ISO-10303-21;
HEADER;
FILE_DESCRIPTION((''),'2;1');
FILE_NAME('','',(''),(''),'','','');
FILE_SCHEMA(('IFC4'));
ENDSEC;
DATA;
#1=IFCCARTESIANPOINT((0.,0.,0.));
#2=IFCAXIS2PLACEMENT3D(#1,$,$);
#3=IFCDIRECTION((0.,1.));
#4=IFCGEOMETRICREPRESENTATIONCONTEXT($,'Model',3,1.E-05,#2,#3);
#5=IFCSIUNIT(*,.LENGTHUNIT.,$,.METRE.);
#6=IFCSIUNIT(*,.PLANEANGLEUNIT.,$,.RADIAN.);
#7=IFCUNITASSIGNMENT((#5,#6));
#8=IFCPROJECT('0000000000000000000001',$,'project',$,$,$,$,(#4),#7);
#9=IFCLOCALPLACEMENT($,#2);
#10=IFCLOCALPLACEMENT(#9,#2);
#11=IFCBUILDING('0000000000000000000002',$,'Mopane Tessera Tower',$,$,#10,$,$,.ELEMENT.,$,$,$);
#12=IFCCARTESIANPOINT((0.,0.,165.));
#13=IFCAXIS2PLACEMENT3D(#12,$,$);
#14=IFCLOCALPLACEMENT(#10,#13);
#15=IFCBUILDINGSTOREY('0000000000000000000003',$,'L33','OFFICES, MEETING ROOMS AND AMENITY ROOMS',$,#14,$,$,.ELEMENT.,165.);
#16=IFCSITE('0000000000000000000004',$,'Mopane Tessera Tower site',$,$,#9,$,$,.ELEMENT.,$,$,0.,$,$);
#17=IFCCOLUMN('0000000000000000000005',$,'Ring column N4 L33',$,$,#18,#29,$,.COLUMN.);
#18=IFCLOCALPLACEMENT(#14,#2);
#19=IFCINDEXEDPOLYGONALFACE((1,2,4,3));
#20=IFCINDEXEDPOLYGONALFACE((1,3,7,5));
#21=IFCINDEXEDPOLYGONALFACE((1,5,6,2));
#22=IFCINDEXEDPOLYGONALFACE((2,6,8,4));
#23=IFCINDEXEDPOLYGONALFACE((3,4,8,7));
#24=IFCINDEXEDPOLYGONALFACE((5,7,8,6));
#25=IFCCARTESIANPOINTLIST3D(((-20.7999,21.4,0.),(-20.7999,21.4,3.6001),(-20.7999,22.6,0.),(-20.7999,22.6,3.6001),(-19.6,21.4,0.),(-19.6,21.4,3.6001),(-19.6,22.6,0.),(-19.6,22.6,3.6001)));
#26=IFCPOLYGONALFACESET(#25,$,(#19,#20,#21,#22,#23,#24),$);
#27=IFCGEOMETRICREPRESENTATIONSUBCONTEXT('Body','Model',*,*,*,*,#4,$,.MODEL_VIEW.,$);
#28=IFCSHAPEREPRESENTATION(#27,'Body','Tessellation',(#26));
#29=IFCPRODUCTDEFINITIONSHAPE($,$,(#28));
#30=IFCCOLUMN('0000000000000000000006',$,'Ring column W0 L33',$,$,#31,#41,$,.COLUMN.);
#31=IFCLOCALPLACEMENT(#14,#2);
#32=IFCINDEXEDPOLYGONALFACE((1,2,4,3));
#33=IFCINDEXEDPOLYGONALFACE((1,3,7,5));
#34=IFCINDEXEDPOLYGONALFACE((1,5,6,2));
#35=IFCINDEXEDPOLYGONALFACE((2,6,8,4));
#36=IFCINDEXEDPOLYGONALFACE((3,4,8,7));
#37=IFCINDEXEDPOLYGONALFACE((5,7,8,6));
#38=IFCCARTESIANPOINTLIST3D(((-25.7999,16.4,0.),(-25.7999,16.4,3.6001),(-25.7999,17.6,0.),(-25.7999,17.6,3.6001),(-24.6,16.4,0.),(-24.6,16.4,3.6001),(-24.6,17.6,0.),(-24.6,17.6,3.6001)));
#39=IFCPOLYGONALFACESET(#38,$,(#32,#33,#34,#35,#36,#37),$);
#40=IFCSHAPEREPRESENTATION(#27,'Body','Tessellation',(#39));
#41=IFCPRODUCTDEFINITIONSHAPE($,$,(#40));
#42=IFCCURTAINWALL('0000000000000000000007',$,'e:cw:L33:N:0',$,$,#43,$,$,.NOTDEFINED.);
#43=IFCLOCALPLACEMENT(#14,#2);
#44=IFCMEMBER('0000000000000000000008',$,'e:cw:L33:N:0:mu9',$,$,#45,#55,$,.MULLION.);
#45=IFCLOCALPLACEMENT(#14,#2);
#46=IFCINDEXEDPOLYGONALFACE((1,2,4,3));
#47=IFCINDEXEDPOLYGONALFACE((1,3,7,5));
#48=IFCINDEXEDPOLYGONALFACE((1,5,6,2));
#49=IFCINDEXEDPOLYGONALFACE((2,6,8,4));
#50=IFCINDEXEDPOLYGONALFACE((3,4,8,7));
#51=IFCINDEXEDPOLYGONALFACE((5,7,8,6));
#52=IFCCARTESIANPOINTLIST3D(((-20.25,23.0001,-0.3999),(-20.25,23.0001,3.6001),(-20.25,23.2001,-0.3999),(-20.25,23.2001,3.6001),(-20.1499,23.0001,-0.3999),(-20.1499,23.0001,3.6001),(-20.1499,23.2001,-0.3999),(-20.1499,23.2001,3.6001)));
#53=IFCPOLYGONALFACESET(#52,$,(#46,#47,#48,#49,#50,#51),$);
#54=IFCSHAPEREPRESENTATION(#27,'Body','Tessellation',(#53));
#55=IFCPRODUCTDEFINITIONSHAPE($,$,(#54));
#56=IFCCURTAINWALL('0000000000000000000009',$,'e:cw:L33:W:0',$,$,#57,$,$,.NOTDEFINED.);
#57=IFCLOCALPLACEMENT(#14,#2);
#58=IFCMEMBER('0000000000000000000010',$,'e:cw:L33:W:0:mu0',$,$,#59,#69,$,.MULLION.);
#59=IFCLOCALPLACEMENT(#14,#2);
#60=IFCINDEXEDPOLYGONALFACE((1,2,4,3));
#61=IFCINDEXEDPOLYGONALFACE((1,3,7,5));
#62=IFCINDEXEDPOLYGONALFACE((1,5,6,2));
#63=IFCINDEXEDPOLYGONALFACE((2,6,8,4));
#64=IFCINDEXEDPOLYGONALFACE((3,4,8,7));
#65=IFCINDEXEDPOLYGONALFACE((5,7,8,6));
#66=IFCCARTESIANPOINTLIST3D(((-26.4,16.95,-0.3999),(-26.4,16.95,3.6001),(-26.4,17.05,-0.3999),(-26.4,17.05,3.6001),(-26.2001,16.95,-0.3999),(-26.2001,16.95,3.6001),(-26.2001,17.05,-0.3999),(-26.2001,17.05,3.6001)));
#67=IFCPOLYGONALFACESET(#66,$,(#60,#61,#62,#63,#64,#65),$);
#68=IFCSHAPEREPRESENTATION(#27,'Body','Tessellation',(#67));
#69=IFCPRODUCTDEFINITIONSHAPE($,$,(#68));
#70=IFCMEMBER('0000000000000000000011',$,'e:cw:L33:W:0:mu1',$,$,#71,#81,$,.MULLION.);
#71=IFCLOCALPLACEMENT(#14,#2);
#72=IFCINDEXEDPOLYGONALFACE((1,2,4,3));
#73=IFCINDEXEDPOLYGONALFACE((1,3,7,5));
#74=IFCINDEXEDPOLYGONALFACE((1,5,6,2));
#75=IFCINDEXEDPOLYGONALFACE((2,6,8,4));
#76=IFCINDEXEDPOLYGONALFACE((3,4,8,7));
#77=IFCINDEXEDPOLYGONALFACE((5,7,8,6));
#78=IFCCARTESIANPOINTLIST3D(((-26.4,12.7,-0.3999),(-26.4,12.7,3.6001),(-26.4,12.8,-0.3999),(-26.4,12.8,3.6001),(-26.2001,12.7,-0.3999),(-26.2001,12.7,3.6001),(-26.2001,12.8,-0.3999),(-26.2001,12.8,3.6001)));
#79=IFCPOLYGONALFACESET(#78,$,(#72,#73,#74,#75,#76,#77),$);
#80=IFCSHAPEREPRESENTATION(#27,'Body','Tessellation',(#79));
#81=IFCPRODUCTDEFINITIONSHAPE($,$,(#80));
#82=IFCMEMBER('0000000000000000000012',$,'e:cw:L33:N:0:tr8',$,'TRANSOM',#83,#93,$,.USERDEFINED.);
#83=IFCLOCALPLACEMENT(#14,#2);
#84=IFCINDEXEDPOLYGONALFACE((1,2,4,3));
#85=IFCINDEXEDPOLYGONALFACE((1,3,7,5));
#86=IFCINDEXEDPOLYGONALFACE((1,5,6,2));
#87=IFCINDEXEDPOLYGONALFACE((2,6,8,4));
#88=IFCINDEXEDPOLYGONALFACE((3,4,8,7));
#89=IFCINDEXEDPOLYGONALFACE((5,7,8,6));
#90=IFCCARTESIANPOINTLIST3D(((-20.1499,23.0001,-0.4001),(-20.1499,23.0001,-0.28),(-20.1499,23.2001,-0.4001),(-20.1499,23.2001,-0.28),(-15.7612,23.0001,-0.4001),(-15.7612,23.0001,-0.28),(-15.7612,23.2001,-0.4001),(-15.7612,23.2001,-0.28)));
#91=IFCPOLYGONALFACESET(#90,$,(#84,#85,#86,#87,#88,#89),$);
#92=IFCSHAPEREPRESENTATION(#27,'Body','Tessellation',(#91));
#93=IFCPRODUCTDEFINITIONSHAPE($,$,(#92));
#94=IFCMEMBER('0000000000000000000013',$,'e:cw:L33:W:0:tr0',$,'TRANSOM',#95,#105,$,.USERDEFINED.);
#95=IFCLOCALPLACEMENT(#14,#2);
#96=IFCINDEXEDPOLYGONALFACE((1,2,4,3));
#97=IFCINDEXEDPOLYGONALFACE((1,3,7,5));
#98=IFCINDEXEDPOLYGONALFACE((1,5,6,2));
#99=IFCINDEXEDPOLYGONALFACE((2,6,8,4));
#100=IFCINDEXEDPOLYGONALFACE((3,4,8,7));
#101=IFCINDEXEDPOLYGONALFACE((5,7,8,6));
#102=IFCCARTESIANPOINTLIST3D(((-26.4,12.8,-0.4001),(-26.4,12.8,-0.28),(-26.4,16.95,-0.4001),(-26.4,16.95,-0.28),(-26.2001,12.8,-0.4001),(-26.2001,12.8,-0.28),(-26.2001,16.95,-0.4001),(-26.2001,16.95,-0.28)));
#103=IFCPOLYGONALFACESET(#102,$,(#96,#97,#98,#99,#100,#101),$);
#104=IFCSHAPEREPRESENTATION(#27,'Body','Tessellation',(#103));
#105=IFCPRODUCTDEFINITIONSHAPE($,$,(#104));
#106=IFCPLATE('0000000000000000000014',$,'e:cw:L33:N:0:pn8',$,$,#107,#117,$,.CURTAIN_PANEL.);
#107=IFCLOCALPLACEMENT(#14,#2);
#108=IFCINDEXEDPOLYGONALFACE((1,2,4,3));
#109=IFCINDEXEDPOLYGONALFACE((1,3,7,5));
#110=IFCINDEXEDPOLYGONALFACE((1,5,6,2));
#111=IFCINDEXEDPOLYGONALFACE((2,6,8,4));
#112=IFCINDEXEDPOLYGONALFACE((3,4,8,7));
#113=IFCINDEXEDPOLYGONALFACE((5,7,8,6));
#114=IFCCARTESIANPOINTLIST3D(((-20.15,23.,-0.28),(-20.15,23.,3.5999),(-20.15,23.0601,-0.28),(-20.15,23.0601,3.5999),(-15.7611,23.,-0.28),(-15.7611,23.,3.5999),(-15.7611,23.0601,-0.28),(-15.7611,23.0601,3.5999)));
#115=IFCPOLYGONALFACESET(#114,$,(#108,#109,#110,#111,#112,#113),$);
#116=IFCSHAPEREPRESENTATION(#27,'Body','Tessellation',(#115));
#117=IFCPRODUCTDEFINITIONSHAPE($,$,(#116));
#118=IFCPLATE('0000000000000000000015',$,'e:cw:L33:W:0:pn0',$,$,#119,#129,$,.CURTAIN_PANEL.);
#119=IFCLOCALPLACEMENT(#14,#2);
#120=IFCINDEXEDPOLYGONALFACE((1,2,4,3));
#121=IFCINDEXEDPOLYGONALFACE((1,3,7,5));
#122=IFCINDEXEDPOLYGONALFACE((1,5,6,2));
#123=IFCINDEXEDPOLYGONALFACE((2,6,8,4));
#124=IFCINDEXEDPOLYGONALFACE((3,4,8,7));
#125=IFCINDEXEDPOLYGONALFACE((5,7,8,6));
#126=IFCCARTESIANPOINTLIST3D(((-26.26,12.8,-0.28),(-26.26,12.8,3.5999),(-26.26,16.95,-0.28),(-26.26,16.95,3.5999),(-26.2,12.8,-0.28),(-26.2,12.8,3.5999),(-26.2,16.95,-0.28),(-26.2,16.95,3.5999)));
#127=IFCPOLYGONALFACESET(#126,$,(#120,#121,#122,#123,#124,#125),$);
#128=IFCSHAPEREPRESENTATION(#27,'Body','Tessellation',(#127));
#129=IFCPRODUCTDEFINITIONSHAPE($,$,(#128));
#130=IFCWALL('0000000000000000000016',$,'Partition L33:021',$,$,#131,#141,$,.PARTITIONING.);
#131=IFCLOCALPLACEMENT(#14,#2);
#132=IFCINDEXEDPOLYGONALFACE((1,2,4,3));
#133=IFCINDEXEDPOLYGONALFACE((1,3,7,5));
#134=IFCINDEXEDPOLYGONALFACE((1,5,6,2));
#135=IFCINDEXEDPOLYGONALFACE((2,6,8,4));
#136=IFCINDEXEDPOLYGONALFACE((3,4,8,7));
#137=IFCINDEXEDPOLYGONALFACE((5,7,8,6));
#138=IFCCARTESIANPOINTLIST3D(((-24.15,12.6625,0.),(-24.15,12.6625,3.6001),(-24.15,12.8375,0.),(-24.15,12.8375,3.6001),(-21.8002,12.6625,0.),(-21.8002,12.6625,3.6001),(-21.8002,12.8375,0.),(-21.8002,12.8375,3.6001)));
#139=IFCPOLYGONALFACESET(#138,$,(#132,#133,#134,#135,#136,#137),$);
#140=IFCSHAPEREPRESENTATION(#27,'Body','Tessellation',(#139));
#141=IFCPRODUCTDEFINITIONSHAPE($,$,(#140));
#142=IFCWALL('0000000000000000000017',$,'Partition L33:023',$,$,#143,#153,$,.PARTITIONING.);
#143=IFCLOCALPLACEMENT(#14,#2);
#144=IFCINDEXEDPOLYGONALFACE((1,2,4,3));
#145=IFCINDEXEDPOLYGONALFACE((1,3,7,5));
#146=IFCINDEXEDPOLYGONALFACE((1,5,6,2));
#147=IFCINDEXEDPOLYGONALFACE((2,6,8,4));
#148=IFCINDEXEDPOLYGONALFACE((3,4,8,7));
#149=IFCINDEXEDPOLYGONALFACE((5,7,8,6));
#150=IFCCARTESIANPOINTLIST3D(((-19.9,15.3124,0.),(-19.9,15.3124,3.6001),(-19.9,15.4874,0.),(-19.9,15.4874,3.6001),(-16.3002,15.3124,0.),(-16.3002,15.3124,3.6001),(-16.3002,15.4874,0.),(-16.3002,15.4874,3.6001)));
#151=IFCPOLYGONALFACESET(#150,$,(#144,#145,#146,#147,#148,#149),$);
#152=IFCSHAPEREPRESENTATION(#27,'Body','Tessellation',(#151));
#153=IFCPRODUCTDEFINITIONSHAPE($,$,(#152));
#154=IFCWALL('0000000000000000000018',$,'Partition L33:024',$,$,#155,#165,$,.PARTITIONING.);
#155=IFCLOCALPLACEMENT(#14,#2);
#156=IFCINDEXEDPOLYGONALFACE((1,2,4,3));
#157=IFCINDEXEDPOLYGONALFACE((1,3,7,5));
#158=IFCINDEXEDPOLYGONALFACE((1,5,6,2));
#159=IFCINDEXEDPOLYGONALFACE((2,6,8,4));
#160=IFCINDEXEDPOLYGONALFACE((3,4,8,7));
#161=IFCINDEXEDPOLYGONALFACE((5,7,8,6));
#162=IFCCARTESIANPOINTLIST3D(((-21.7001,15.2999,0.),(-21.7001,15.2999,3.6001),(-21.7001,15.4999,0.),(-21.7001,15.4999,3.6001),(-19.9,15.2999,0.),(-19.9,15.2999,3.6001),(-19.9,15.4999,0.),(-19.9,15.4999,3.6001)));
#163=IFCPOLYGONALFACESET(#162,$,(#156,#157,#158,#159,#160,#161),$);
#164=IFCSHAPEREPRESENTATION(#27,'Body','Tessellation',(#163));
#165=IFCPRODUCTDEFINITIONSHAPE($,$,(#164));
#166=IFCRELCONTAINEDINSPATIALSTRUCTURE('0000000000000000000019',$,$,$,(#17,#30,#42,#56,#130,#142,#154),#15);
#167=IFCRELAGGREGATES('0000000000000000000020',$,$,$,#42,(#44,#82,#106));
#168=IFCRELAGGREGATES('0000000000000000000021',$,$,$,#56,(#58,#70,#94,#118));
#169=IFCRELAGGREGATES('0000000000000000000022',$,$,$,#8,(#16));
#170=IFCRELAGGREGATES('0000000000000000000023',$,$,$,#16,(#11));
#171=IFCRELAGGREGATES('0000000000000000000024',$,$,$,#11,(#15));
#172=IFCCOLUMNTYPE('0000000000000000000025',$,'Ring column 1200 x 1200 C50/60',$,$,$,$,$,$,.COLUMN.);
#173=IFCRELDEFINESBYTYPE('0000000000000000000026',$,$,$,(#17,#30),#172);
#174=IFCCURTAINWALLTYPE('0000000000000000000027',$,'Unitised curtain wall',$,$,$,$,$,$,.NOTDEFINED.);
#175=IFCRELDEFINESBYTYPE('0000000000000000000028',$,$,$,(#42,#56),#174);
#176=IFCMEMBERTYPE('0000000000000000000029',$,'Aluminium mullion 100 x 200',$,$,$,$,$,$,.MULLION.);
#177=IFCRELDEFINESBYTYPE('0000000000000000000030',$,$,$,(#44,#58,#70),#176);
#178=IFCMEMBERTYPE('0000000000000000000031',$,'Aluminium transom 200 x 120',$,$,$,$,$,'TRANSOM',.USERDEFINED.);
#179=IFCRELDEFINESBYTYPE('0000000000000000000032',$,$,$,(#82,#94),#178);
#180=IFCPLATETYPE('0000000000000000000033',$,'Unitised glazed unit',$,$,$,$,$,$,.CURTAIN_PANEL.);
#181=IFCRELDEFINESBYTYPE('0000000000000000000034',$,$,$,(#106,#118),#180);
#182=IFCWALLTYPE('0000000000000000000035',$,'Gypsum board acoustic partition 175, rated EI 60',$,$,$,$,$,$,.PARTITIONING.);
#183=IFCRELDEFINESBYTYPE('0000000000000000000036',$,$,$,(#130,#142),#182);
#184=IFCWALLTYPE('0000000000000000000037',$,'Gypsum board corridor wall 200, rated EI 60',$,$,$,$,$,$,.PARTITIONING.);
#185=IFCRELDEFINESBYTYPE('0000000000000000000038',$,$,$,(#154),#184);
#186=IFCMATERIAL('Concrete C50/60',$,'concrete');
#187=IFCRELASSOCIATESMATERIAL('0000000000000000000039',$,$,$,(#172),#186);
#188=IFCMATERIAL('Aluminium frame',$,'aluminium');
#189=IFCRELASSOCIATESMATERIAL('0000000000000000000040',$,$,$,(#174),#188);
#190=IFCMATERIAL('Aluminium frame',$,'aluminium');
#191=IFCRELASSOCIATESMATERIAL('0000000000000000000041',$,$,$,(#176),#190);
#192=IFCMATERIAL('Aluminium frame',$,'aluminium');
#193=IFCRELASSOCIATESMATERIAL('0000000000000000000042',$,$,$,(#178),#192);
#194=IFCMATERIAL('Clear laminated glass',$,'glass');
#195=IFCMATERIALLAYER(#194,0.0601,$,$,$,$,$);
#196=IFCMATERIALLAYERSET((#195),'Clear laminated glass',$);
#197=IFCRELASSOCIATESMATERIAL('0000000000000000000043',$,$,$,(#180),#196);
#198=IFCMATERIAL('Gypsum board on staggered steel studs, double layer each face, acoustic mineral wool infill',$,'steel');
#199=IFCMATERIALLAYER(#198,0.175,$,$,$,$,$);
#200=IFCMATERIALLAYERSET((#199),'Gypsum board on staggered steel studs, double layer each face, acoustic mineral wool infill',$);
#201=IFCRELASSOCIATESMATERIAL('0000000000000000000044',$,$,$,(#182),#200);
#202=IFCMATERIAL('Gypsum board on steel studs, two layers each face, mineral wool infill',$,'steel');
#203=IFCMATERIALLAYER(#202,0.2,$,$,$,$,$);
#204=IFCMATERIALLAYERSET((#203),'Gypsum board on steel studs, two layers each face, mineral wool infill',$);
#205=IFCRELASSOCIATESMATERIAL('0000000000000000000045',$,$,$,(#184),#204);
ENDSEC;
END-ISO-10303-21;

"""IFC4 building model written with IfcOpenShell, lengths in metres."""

from ifc_helpers import new_model, si_unit, direction, frame, frame_2d, origin, origin_2d, place, context, subcontext, project, spatial, rectangle, extrude, material, layer, layer_set, material_profile, profile_set, type_object, element, aggregate, save


model = new_model("IFC4")

# Units and contexts
model_context = context("Model", 3, precision=1e-05, world=origin(), true_north=direction((0.0, 1.0)))
body_context = subcontext(model_context, "Body", "Model", "MODEL_VIEW")
ifc_project = project(units=[si_unit("LENGTHUNIT", "METRE"), si_unit("PLANEANGLEUNIT", "RADIAN")], contexts=[model_context])

# Site, building, storey
site_placement = place(None, origin())
site = spatial("IfcSite", under=ifc_project, at=site_placement, Name="Mopane Tessera Tower site", CompositionType="ELEMENT", RefElevation=0.0)
building_placement = place(site_placement, origin())
building = spatial("IfcBuilding", under=site, at=building_placement, Name="Mopane Tessera Tower", CompositionType="ELEMENT")
storey_placement = place(building_placement, frame((0.0, 0.0, 165.0)))
storey = spatial("IfcBuildingStorey", under=building, at=storey_placement, Name="L33", Description="OFFICES, MEETING ROOMS AND AMENITY ROOMS", CompositionType="ELEMENT", Elevation=165.0)

# Columns
ifc_material_1 = material(Name="Concrete C50/60", Category="concrete")
ifc_material_profile_1 = material_profile(ifc_material_1, rectangle(XDim=1.2, YDim=1.2, at=origin_2d()))
ifc_profile_set_1 = profile_set([ifc_material_profile_1], Name="Concrete C50/60")
column_type = type_object("IfcColumnType", Name="Ring column 1200 x 1200 C50/60", PredefinedType="COLUMN", material=ifc_profile_set_1)
for number, where, z_axis, x_axis, name in (
    (1, (-20.2, 22.0, 0.0), (0.0, 0.0, 1.0), (1.0, 0.0, 0.0), "Ring column N4 L33"),
    (2, (-25.2, 17.0, 0.0), (0.0, 0.0, 1.0), (1.0, 0.0, 0.0), "Ring column W0 L33"),
):
    element("IfcColumn", number, at=place(storey_placement, frame(where, z_axis=z_axis, x_axis=x_axis)), inside=storey, type_object=column_type, Name=name, PredefinedType="COLUMN", context=body_context, shape_type="SweptSolid", body=[
        extrude(rectangle(XDim=1.2, YDim=1.2, at=origin_2d()), origin(), (0.0, 0.0, 1.0), 3.6001),
    ])

# Curtain wall, member
ifc_material_2 = material(Name="Aluminium frame", Category="aluminium")
curtain_wall_type = type_object("IfcCurtainWallType", Name="Unitised curtain wall", PredefinedType="NOTDEFINED", material=ifc_material_2)
curtain_wall_1_placement = place(storey_placement, origin())
curtain_wall_1 = element("IfcCurtainWall", 3, at=curtain_wall_1_placement, inside=storey, type_object=curtain_wall_type, Name="e:cw:L33:N:0", PredefinedType="NOTDEFINED")
ifc_material_3 = material(Name="Aluminium frame", Category="aluminium")
ifc_material_profile_2 = material_profile(ifc_material_3, rectangle(XDim=0.1001, YDim=0.2, at=origin_2d()))
ifc_profile_set_2 = profile_set([ifc_material_profile_2], Name="Aluminium frame")
member_type_1 = type_object("IfcMemberType", Name="Aluminium mullion 100 x 200", PredefinedType="MULLION", material=ifc_profile_set_2)
member_1_placement = place(storey_placement, frame((-20.2, 23.1001, -0.3999), z_axis=(0.0, 0.0, 1.0), x_axis=(-1.0, 0.0, 0.0)))
member_1 = element("IfcMember", 4, at=member_1_placement, type_object=member_type_1, Name="e:cw:L33:N:0:mu9", PredefinedType="MULLION", context=body_context, shape_type="SweptSolid", body=[
    extrude(rectangle(XDim=0.1001, YDim=0.2, at=origin_2d()), origin(), (0.0, 0.0, 1.0), 4.0),
])

# Curtain wall, members
curtain_wall_2_placement = place(storey_placement, origin())
curtain_wall_2 = element("IfcCurtainWall", 5, at=curtain_wall_2_placement, inside=storey, type_object=curtain_wall_type, Name="e:cw:L33:W:0", PredefinedType="NOTDEFINED")
member_2_placement = place(storey_placement, frame((-26.3, 17.0, -0.3999), z_axis=(0.0, 0.0, 1.0), x_axis=(0.0, -1.0, 0.0)))
member_2 = element("IfcMember", 6, at=member_2_placement, type_object=member_type_1, Name="e:cw:L33:W:0:mu0", PredefinedType="MULLION", context=body_context, shape_type="SweptSolid", body=[
    extrude(rectangle(XDim=0.1001, YDim=0.2, at=origin_2d()), origin(), (0.0, 0.0, 1.0), 4.0),
])
member_3_placement = place(storey_placement, frame((-26.3, 12.75, -0.3999), z_axis=(0.0, 0.0, 1.0), x_axis=(0.0, -1.0, 0.0)))
member_3 = element("IfcMember", 7, at=member_3_placement, type_object=member_type_1, Name="e:cw:L33:W:0:mu1", PredefinedType="MULLION", context=body_context, shape_type="SweptSolid", body=[
    extrude(rectangle(XDim=0.1001, YDim=0.2, at=origin_2d()), origin(), (0.0, 0.0, 1.0), 4.0),
])

# Members
ifc_material_4 = material(Name="Aluminium frame", Category="aluminium")
ifc_material_profile_3 = material_profile(ifc_material_4, rectangle(XDim=0.2, YDim=0.1201, at=origin_2d()))
ifc_profile_set_3 = profile_set([ifc_material_profile_3], Name="Aluminium frame")
member_type_2 = type_object("IfcMemberType", Name="Aluminium transom 200 x 120", ElementType="TRANSOM", PredefinedType="USERDEFINED", material=ifc_profile_set_3)
member_4_placement = place(storey_placement, frame((-15.7612, 23.1001, -0.3401), z_axis=(-1.0, 0.0, 0.0), x_axis=(0.0, -1.0, 0.0)))
member_4 = element("IfcMember", 8, at=member_4_placement, type_object=member_type_2, Name="e:cw:L33:N:0:tr8", ObjectType="TRANSOM", PredefinedType="USERDEFINED", context=body_context, shape_type="SweptSolid", body=[
    extrude(rectangle(XDim=0.2, YDim=0.1201, at=origin_2d()), origin(), (0.0, 0.0, 1.0), 4.3887),
])
member_5_placement = place(storey_placement, frame((-26.3, 16.95, -0.3401), z_axis=(0.0, -1.0, 0.0), x_axis=(1.0, 0.0, 0.0)))
member_5 = element("IfcMember", 9, at=member_5_placement, type_object=member_type_2, Name="e:cw:L33:W:0:tr0", ObjectType="TRANSOM", PredefinedType="USERDEFINED", context=body_context, shape_type="SweptSolid", body=[
    extrude(rectangle(XDim=0.2, YDim=0.1201, at=origin_2d()), origin(), (0.0, 0.0, 1.0), 4.1499),
])

# Plates
ifc_material_5 = material(Name="Clear laminated glass", Category="glass")
ifc_layer_1 = layer(ifc_material_5, 0.0601)
ifc_layer_set_1 = layer_set([ifc_layer_1], Name="Clear laminated glass")
plate_type = type_object("IfcPlateType", Name="Unitised glazed unit", PredefinedType="CURTAIN_PANEL", material=ifc_layer_set_1)
plate_1_placement = place(storey_placement, frame((-17.9556, 23.03, -0.28), z_axis=(0.0, 0.0, 1.0), x_axis=(-1.0, 0.0, 0.0)))
plate_1 = element("IfcPlate", 10, at=plate_1_placement, type_object=plate_type, Name="e:cw:L33:N:0:pn8", PredefinedType="CURTAIN_PANEL", context=body_context, shape_type="SweptSolid", body=[
    extrude(rectangle(XDim=4.3889, YDim=0.0601, at=origin_2d()), origin(), (0.0, 0.0, 1.0), 3.8799),
])
aggregate(curtain_wall_1, [member_1, member_4, plate_1])
plate_2_placement = place(storey_placement, frame((-26.23, 14.875, -0.28), z_axis=(0.0, 0.0, 1.0), x_axis=(0.0, -1.0, 0.0)))
plate_2 = element("IfcPlate", 11, at=plate_2_placement, type_object=plate_type, Name="e:cw:L33:W:0:pn0", PredefinedType="CURTAIN_PANEL", context=body_context, shape_type="SweptSolid", body=[
    extrude(rectangle(XDim=4.1499, YDim=0.0601, at=origin_2d()), origin(), (0.0, 0.0, 1.0), 3.8799),
])
aggregate(curtain_wall_2, [member_2, member_3, member_5, plate_2])

# Walls
ifc_material_6 = material(Name="Gypsum board on staggered steel studs, double layer each face, acoustic mineral wool infill", Category="steel")
ifc_layer_2 = layer(ifc_material_6, 0.175)
ifc_layer_set_2 = layer_set([ifc_layer_2], Name="Gypsum board on staggered steel studs, double layer each face, acoustic mineral wool infill")
wall_type_1 = type_object("IfcWallType", Name="Gypsum board acoustic partition 175, rated EI 60", PredefinedType="PARTITIONING", material=ifc_layer_set_2)
wall_1_placement = place(storey_placement, frame((-24.1499, 12.75, 0.0), z_axis=(0.0, 0.0, 1.0), x_axis=(1.0, 0.0, 0.0)))
element("IfcWall", 12, at=wall_1_placement, inside=storey, type_object=wall_type_1, Name="Partition L33:021", PredefinedType="PARTITIONING", context=body_context, shape_type="SweptSolid", body=[
    extrude(rectangle(XDim=2.3499, YDim=0.175, at=frame_2d((1.1748, 0.0))), origin(), (0.0, 0.0, 1.0), 3.6001),
])
wall_2_placement = place(storey_placement, frame((-19.8999, 15.3999, 0.0), z_axis=(0.0, 0.0, 1.0), x_axis=(1.0, 0.0, 0.0)))
element("IfcWall", 13, at=wall_2_placement, inside=storey, type_object=wall_type_1, Name="Partition L33:023", PredefinedType="PARTITIONING", context=body_context, shape_type="SweptSolid", body=[
    extrude(rectangle(XDim=3.5999, YDim=0.175, at=frame_2d((1.7998, 0.0))), origin(), (0.0, 0.0, 1.0), 3.6001),
])
ifc_material_7 = material(Name="Gypsum board on steel studs, two layers each face, mineral wool infill", Category="steel")
ifc_layer_3 = layer(ifc_material_7, 0.2)
ifc_layer_set_3 = layer_set([ifc_layer_3], Name="Gypsum board on steel studs, two layers each face, mineral wool infill")
wall_type_2 = type_object("IfcWallType", Name="Gypsum board corridor wall 200, rated EI 60", PredefinedType="PARTITIONING", material=ifc_layer_set_3)
wall_3_placement = place(storey_placement, frame((-21.7, 15.3999, 0.0), z_axis=(0.0, 0.0, 1.0), x_axis=(1.0, 0.0, 0.0)))
element("IfcWall", 14, at=wall_3_placement, inside=storey, type_object=wall_type_2, Name="Partition L33:024", PredefinedType="PARTITIONING", context=body_context, shape_type="SweptSolid", body=[
    extrude(rectangle(XDim=1.8, YDim=0.2, at=frame_2d((0.8999, 0.0))), origin(), (0.0, 0.0, 1.0), 3.6001),
])

save(model, "model.ifc")
